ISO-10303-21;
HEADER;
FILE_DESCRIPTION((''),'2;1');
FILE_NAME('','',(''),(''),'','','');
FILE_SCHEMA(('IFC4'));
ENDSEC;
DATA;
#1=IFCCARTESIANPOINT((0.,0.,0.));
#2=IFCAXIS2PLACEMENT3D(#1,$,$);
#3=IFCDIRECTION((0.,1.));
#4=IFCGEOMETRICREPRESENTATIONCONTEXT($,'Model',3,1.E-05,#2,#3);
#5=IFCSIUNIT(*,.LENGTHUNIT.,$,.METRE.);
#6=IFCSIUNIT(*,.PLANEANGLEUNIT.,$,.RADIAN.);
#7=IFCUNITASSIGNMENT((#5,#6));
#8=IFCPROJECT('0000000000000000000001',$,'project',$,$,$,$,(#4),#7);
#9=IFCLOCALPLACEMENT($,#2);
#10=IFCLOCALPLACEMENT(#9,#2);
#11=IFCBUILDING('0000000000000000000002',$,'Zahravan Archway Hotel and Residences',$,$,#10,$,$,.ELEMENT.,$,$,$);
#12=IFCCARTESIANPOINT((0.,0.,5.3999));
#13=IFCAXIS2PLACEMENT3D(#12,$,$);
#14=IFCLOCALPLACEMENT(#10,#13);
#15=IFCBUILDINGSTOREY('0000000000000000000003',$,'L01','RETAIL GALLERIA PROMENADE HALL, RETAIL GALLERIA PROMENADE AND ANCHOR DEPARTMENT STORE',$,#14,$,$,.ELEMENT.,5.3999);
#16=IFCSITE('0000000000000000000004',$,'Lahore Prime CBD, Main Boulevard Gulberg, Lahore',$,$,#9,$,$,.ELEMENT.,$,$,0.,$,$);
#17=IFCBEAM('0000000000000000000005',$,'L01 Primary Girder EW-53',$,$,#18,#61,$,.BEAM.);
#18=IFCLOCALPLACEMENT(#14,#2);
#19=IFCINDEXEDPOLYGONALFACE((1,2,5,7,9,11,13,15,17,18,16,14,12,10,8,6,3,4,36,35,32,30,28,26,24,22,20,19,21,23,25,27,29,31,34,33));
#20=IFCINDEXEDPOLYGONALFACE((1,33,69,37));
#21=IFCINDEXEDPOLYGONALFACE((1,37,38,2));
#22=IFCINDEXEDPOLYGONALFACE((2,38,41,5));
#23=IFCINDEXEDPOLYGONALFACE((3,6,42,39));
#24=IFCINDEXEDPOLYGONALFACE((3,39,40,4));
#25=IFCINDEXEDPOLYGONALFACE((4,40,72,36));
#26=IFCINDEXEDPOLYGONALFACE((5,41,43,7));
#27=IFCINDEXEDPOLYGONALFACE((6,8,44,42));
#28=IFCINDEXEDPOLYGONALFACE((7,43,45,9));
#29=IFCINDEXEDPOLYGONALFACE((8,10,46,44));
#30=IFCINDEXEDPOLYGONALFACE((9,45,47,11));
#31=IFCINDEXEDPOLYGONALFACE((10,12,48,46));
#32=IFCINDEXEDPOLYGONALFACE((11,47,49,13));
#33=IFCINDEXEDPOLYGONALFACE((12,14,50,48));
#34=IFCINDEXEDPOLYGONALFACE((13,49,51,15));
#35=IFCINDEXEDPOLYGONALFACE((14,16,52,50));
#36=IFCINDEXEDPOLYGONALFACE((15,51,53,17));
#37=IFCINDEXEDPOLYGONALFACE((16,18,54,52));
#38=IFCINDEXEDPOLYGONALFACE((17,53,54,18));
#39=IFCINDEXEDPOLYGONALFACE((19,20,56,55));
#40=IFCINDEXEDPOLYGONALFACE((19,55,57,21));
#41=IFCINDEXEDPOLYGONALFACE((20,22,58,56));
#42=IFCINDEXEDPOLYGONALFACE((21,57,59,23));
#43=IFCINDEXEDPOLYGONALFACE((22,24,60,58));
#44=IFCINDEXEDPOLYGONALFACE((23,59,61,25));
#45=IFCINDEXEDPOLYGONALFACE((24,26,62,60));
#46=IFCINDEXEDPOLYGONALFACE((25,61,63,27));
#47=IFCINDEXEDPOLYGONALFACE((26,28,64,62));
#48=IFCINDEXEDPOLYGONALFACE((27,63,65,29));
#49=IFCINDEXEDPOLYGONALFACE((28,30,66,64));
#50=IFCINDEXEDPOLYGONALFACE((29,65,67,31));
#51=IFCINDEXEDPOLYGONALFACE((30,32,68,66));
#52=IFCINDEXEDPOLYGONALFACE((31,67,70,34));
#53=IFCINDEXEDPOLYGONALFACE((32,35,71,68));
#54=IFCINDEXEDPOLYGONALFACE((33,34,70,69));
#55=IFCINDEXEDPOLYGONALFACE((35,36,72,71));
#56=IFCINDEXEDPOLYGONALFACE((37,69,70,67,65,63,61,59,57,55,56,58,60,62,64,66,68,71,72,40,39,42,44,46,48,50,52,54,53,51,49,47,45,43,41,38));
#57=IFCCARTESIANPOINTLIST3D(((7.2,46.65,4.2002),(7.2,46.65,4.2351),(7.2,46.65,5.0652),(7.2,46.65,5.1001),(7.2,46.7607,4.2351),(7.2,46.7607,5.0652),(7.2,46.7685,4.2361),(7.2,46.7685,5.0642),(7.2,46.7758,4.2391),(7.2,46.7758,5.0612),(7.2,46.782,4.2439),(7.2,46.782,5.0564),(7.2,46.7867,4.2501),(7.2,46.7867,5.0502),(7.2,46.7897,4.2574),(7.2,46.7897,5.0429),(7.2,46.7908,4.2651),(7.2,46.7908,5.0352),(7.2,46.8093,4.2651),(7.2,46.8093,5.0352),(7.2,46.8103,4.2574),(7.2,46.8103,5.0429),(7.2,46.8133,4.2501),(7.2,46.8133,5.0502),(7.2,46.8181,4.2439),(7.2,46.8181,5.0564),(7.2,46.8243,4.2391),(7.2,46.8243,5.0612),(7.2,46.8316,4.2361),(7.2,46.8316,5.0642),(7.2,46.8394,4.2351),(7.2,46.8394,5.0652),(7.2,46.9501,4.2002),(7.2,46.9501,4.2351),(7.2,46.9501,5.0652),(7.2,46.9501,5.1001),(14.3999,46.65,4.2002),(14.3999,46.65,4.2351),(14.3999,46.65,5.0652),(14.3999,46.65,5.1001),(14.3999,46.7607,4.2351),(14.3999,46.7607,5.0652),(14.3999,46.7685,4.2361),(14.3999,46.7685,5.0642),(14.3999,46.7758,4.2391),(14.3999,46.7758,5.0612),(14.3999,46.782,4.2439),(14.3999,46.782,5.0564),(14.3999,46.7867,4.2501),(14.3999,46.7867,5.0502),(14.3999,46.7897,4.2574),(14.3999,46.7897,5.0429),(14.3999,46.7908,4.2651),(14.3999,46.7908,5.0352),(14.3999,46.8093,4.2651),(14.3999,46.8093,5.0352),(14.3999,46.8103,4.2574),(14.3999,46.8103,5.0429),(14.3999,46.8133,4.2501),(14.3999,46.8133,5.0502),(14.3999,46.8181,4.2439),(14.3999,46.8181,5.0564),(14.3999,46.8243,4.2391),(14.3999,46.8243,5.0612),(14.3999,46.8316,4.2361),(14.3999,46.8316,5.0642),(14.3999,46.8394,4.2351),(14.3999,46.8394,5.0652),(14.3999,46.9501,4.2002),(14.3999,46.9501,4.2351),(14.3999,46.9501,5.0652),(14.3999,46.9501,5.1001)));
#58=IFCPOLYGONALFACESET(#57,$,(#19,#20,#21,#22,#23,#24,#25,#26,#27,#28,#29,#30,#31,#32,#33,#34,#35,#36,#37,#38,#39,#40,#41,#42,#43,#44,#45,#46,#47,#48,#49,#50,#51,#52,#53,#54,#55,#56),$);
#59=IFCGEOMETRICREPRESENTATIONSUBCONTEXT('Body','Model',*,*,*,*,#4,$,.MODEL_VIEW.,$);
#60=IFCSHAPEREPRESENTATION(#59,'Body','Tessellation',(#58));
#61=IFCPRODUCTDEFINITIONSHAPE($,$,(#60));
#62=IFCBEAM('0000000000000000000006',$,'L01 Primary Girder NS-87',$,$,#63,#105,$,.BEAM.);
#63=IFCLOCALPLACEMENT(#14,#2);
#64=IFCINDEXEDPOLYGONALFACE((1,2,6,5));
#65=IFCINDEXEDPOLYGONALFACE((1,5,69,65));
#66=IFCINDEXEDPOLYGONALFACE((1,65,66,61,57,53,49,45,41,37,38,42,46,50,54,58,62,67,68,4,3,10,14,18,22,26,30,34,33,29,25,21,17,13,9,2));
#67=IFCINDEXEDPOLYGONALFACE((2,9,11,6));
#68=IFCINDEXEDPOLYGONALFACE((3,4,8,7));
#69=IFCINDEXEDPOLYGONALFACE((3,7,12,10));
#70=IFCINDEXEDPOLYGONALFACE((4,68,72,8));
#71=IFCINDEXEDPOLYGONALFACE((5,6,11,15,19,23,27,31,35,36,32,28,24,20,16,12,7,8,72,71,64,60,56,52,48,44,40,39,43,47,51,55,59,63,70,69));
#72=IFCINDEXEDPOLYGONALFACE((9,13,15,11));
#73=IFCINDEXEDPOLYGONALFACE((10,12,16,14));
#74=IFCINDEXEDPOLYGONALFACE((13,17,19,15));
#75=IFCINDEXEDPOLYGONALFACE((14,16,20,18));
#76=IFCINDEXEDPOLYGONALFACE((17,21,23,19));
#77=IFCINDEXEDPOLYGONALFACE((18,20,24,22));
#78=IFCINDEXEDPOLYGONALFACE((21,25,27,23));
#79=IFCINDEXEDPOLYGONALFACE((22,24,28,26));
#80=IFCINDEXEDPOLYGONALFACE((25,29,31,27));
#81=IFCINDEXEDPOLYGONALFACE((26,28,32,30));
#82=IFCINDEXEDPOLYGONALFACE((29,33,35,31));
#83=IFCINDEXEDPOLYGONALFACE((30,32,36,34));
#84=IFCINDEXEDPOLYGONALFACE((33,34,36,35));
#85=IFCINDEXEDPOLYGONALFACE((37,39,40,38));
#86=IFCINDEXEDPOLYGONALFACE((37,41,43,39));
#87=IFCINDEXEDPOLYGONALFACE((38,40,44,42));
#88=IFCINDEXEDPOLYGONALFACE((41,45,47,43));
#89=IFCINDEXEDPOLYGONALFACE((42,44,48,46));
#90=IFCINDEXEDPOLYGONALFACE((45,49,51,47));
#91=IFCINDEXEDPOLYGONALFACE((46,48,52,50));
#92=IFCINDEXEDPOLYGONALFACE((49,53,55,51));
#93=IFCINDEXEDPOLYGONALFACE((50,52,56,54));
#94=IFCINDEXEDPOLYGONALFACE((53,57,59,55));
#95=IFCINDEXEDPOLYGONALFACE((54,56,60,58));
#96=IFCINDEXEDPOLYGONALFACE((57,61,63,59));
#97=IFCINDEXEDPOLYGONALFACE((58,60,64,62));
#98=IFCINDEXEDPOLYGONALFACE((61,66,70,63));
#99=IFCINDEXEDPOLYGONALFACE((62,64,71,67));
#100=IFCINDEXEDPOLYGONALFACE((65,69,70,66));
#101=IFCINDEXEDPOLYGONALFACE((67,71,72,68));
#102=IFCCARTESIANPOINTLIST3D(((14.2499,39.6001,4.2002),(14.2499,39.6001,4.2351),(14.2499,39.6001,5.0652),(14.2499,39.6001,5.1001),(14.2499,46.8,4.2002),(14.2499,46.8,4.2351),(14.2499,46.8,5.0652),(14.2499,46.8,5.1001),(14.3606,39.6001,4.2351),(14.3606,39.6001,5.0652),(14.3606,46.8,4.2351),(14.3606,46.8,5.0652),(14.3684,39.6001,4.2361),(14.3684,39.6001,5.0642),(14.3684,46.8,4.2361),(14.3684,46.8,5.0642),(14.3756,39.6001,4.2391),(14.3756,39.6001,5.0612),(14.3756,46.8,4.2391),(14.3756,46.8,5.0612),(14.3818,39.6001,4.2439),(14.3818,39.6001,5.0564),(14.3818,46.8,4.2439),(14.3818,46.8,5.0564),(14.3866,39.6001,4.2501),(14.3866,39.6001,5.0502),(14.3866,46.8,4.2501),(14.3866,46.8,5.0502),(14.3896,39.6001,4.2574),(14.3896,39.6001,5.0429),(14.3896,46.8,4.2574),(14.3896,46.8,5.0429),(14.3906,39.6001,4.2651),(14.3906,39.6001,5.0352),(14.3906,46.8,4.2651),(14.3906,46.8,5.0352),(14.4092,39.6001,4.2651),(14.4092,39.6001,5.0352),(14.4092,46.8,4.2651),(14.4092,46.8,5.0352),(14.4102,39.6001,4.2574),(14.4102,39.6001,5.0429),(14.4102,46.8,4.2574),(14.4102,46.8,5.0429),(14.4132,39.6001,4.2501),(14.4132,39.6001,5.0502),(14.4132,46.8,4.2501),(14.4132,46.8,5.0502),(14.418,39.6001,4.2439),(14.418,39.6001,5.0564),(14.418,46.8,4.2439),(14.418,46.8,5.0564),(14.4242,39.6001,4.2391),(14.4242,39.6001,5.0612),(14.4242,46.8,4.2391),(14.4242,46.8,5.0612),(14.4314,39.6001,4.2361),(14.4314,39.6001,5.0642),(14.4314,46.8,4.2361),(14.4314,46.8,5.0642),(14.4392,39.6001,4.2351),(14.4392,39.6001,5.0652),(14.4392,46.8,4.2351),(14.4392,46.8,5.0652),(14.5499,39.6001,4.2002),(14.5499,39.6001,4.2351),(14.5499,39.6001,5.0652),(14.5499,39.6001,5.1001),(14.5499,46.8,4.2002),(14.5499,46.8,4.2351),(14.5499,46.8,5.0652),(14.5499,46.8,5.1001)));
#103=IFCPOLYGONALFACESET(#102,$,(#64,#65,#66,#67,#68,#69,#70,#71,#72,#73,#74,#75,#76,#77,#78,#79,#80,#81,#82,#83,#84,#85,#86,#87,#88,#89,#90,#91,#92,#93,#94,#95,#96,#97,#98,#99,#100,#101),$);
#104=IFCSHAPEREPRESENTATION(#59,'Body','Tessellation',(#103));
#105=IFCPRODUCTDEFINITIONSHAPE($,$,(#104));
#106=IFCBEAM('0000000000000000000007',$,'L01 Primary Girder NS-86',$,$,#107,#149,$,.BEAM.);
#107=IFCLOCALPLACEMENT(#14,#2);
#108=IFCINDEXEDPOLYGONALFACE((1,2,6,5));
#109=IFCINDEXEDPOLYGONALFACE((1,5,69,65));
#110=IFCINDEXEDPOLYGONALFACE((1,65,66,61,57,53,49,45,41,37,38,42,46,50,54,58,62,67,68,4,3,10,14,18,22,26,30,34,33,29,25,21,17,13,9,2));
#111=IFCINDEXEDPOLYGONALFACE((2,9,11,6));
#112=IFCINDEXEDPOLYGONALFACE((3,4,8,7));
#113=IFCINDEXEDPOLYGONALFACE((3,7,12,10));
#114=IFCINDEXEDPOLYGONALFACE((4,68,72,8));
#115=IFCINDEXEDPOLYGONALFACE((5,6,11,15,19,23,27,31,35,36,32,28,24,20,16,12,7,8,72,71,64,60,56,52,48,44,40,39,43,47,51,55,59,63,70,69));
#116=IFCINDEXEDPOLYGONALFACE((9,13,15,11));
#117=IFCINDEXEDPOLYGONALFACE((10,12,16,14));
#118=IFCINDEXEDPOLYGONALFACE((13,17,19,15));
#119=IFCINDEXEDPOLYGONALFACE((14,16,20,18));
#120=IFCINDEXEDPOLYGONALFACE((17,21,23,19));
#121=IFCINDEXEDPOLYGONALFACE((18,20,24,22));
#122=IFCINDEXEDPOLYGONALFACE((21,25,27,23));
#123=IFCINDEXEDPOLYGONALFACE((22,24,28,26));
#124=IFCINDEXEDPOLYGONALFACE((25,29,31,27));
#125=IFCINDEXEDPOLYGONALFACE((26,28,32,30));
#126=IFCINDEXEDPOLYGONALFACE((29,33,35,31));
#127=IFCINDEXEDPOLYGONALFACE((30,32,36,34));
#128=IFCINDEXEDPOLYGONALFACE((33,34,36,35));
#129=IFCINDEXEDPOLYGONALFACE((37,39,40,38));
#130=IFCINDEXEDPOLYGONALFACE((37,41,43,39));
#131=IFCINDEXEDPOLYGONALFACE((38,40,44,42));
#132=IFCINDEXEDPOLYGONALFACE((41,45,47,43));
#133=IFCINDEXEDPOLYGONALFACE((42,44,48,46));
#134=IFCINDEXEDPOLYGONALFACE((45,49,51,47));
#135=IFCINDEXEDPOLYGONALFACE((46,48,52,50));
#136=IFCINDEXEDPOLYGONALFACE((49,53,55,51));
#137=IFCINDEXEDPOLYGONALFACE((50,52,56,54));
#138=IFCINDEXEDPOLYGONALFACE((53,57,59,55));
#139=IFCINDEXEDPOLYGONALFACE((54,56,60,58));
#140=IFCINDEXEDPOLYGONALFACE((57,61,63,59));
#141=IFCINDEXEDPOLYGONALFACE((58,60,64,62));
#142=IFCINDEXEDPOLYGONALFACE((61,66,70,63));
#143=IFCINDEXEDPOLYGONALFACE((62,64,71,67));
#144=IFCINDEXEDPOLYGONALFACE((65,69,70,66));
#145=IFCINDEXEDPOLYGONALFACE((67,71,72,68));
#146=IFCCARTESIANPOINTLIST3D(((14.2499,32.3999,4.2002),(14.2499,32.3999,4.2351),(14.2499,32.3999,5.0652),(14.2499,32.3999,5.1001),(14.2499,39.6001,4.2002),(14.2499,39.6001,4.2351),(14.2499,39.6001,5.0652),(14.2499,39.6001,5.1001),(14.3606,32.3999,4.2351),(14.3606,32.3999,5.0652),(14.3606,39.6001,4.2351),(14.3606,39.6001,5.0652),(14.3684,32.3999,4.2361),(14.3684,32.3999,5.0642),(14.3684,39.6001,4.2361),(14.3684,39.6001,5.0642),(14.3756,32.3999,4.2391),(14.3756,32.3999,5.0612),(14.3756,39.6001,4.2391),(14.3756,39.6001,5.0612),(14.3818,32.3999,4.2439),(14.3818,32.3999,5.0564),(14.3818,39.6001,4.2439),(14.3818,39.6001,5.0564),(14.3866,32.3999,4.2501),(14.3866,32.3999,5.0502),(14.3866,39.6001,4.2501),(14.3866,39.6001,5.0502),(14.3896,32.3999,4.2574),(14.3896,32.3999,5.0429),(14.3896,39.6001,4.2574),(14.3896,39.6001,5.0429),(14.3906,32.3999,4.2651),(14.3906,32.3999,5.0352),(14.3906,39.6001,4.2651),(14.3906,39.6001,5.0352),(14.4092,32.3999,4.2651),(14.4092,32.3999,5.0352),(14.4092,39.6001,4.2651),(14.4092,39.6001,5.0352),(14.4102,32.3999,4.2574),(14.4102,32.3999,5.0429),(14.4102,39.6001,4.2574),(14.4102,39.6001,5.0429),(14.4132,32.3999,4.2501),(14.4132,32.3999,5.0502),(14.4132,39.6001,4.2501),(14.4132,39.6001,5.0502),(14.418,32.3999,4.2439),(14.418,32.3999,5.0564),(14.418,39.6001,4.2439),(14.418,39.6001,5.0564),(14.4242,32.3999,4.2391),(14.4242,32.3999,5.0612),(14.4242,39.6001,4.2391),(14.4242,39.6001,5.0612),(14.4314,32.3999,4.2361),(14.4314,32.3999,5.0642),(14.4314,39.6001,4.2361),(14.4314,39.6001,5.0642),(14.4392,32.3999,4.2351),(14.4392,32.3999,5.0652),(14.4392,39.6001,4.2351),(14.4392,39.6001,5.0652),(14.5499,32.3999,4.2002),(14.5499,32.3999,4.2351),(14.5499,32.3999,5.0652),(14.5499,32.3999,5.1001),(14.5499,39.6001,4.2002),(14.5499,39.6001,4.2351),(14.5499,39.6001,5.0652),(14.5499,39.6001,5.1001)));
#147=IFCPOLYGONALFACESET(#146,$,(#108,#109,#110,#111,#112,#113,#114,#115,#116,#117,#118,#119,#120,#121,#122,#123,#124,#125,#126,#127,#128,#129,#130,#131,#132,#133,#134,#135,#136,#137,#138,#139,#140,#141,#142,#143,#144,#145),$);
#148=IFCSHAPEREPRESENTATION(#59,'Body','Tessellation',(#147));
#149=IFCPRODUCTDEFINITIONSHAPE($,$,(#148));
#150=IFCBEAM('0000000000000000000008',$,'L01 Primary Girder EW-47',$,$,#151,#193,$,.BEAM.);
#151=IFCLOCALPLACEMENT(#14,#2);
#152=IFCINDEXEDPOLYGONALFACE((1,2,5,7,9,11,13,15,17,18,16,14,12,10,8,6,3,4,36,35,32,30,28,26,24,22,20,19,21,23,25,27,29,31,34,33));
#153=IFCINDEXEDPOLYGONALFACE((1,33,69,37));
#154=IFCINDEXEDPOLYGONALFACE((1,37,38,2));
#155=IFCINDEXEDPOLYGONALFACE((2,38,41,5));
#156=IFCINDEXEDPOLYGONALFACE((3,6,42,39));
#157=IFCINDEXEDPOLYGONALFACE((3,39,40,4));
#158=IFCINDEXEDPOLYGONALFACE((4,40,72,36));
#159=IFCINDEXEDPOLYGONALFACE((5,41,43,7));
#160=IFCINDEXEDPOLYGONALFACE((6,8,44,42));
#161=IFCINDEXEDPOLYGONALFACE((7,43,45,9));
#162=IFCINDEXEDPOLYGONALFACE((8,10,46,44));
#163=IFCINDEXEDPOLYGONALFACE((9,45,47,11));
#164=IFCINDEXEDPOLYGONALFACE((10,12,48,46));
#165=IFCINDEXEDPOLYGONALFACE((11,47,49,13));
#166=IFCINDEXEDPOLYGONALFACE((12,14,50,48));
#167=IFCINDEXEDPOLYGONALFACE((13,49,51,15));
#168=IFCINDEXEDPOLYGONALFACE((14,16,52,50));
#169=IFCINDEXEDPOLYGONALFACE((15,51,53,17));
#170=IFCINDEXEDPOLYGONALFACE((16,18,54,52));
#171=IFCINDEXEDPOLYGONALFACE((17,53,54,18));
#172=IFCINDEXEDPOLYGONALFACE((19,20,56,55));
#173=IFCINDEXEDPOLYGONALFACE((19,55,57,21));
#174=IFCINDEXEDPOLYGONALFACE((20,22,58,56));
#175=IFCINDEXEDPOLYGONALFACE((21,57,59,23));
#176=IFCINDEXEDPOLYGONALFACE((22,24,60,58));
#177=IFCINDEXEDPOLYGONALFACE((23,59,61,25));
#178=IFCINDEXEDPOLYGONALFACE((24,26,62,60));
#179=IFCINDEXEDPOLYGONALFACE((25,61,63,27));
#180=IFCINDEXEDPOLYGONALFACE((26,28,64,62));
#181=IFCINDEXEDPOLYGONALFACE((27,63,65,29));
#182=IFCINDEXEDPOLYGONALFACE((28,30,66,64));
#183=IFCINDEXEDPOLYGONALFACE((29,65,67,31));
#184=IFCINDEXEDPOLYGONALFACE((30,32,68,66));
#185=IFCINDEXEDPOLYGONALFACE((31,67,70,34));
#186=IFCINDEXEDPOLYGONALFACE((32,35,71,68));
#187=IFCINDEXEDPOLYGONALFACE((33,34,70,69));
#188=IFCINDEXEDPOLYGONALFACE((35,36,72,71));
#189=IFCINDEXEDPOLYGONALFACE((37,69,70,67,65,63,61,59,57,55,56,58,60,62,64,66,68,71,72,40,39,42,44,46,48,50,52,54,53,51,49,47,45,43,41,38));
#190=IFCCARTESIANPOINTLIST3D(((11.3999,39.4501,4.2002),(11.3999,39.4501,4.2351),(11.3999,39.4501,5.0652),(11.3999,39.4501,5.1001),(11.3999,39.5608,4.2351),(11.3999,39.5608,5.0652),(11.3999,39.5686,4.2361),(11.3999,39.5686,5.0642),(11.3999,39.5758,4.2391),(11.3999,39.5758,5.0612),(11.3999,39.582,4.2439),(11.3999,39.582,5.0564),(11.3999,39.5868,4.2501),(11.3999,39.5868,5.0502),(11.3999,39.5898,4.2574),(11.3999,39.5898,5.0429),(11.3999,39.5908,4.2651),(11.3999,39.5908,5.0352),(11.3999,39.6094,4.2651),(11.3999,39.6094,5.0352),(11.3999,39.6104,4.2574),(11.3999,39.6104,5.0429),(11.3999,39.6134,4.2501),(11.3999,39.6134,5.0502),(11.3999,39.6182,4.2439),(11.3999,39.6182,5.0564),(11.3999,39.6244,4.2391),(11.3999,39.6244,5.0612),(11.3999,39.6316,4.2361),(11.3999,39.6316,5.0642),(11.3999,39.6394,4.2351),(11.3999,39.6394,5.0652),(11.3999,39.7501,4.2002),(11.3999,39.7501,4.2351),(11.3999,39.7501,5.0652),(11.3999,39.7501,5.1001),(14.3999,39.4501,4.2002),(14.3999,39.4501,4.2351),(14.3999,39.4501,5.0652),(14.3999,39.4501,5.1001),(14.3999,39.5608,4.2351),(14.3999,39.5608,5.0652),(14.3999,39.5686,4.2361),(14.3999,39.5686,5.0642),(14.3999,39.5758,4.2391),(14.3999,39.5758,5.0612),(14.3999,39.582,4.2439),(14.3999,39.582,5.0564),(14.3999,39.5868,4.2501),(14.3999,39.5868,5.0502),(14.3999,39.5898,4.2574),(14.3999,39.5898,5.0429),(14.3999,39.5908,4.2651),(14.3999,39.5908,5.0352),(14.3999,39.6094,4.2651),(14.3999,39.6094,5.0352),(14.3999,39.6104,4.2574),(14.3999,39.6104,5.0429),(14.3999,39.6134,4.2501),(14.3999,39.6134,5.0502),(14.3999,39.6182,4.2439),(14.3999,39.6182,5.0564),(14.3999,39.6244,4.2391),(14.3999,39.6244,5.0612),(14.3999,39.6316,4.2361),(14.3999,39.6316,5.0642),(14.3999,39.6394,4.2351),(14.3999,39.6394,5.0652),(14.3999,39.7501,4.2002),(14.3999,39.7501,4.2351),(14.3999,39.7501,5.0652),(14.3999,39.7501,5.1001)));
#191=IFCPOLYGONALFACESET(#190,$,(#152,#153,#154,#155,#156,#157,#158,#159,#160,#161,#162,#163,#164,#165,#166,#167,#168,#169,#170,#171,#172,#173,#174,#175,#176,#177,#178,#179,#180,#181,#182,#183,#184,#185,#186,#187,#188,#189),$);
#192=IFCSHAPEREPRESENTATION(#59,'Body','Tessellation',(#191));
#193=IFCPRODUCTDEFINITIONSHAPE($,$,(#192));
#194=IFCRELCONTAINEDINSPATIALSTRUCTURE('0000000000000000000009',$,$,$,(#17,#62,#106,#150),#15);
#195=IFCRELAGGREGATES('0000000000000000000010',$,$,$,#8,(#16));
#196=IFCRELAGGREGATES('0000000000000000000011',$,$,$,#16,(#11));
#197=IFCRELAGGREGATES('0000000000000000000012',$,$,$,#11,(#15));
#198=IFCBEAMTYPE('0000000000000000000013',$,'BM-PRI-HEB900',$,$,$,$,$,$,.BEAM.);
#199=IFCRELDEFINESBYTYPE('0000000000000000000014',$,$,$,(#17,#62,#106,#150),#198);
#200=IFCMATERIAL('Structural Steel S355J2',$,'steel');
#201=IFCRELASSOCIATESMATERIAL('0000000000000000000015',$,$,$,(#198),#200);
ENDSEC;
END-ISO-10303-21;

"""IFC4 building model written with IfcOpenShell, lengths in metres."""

from ifc_helpers import new_model, si_unit, direction, frame, origin, origin_2d, place, context, subcontext, project, spatial, i_section, extrude, source, transform, mapped, material, material_profile, profile_set, type_object, element, save


model = new_model("IFC4")

# Units and contexts
model_context = context("Model", 3, precision=1e-05, world=origin(), true_north=direction((0.0, 1.0)))
body_context = subcontext(model_context, "Body", "Model", "MODEL_VIEW")
ifc_project = project(units=[si_unit("LENGTHUNIT", "METRE"), si_unit("PLANEANGLEUNIT", "RADIAN")], contexts=[model_context])

# Site, building, storey
site_placement = place(None, origin())
site = spatial("IfcSite", under=ifc_project, at=site_placement, Name="Lahore Prime CBD, Main Boulevard Gulberg, Lahore", CompositionType="ELEMENT", RefElevation=0.0)
building_placement = place(site_placement, origin())
building = spatial("IfcBuilding", under=site, at=building_placement, Name="Zahravan Archway Hotel and Residences", CompositionType="ELEMENT")
storey_placement = place(building_placement, frame((0.0, 0.0, 5.3999)))
storey = spatial("IfcBuildingStorey", under=building, at=storey_placement, Name="L01", Description="RETAIL GALLERIA PROMENADE HALL, RETAIL GALLERIA PROMENADE AND ANCHOR DEPARTMENT STORE", CompositionType="ELEMENT", Elevation=5.3999)

# Beams
ifc_material_1 = material(Name="Structural Steel S355J2", Category="steel")
ifc_material_profile_1 = material_profile(ifc_material_1, i_section(OverallWidth=0.3, OverallDepth=0.8999, WebThickness=0.0186, FlangeThickness=0.0349, FilletRadius=0.03, at=origin_2d()), Name="HEB 900", Category="steel")
ifc_profile_set_1 = profile_set([ifc_material_profile_1], Name="Structural Steel S355J2")
beam_type_1 = type_object("IfcBeamType", Name="BM-PRI-HEB900", PredefinedType="BEAM", material=ifc_profile_set_1)
shared_shape_1 = source(origin(), body_context, "Body", "SweptSolid", [
    extrude(i_section(OverallWidth=0.3, OverallDepth=0.8999, WebThickness=0.0186, FlangeThickness=0.0349, FilletRadius=0.03, at=origin_2d()), origin(), (0.0, 0.0, 1.0), 7.2),
])
for number, where, z_axis, x_axis, name in (
    (1, (7.2, 46.8, 4.6501), (1.0, 0.0, 0.0), (0.0, 1.0, 0.0), "L01 Primary Girder EW-53"),
    (2, (14.3999, 39.6001, 4.6501), (0.0, 1.0, 0.0), (-1.0, 0.0, 0.0), "L01 Primary Girder NS-87"),
):
    element("IfcBeam", number, at=place(storey_placement, frame(where, z_axis=z_axis, x_axis=x_axis)), inside=storey, type_object=beam_type_1, Name=name, PredefinedType="BEAM", context=body_context, shape_type="MappedRepresentation", body=[
        mapped(shared_shape_1, transform((0.0, 0.0, 0.0), scale=1.0)),
    ])
shared_shape_2 = source(origin(), body_context, "Body", "SweptSolid", [
    extrude(i_section(OverallWidth=0.3, OverallDepth=0.8999, WebThickness=0.0186, FlangeThickness=0.0349, FilletRadius=0.03, at=origin_2d()), origin(), (0.0, 0.0, 1.0), 7.2002),
])
beam_1_placement = place(storey_placement, frame((14.3999, 32.3999, 4.6501), z_axis=(0.0, 1.0, 0.0), x_axis=(-1.0, 0.0, 0.0)))
element("IfcBeam", 3, at=beam_1_placement, inside=storey, type_object=beam_type_1, Name="L01 Primary Girder NS-86", PredefinedType="BEAM", context=body_context, shape_type="MappedRepresentation", body=[
    mapped(shared_shape_2, transform((0.0, 0.0, 0.0), scale=1.0)),
])
shared_shape_3 = source(origin(), body_context, "Body", "SweptSolid", [
    extrude(i_section(OverallWidth=0.3, OverallDepth=0.8999, WebThickness=0.0186, FlangeThickness=0.0349, FilletRadius=0.03, at=origin_2d()), origin(), (0.0, 0.0, 1.0), 3.0),
])
beam_2_placement = place(storey_placement, frame((11.3999, 39.6001, 4.6501), z_axis=(1.0, 0.0, 0.0), x_axis=(0.0, 1.0, 0.0)))
element("IfcBeam", 4, at=beam_2_placement, inside=storey, type_object=beam_type_1, Name="L01 Primary Girder EW-47", PredefinedType="BEAM", context=body_context, shape_type="MappedRepresentation", body=[
    mapped(shared_shape_3, transform((0.0, 0.0, 0.0), scale=1.0)),
])

save(model, "model.ifc")
